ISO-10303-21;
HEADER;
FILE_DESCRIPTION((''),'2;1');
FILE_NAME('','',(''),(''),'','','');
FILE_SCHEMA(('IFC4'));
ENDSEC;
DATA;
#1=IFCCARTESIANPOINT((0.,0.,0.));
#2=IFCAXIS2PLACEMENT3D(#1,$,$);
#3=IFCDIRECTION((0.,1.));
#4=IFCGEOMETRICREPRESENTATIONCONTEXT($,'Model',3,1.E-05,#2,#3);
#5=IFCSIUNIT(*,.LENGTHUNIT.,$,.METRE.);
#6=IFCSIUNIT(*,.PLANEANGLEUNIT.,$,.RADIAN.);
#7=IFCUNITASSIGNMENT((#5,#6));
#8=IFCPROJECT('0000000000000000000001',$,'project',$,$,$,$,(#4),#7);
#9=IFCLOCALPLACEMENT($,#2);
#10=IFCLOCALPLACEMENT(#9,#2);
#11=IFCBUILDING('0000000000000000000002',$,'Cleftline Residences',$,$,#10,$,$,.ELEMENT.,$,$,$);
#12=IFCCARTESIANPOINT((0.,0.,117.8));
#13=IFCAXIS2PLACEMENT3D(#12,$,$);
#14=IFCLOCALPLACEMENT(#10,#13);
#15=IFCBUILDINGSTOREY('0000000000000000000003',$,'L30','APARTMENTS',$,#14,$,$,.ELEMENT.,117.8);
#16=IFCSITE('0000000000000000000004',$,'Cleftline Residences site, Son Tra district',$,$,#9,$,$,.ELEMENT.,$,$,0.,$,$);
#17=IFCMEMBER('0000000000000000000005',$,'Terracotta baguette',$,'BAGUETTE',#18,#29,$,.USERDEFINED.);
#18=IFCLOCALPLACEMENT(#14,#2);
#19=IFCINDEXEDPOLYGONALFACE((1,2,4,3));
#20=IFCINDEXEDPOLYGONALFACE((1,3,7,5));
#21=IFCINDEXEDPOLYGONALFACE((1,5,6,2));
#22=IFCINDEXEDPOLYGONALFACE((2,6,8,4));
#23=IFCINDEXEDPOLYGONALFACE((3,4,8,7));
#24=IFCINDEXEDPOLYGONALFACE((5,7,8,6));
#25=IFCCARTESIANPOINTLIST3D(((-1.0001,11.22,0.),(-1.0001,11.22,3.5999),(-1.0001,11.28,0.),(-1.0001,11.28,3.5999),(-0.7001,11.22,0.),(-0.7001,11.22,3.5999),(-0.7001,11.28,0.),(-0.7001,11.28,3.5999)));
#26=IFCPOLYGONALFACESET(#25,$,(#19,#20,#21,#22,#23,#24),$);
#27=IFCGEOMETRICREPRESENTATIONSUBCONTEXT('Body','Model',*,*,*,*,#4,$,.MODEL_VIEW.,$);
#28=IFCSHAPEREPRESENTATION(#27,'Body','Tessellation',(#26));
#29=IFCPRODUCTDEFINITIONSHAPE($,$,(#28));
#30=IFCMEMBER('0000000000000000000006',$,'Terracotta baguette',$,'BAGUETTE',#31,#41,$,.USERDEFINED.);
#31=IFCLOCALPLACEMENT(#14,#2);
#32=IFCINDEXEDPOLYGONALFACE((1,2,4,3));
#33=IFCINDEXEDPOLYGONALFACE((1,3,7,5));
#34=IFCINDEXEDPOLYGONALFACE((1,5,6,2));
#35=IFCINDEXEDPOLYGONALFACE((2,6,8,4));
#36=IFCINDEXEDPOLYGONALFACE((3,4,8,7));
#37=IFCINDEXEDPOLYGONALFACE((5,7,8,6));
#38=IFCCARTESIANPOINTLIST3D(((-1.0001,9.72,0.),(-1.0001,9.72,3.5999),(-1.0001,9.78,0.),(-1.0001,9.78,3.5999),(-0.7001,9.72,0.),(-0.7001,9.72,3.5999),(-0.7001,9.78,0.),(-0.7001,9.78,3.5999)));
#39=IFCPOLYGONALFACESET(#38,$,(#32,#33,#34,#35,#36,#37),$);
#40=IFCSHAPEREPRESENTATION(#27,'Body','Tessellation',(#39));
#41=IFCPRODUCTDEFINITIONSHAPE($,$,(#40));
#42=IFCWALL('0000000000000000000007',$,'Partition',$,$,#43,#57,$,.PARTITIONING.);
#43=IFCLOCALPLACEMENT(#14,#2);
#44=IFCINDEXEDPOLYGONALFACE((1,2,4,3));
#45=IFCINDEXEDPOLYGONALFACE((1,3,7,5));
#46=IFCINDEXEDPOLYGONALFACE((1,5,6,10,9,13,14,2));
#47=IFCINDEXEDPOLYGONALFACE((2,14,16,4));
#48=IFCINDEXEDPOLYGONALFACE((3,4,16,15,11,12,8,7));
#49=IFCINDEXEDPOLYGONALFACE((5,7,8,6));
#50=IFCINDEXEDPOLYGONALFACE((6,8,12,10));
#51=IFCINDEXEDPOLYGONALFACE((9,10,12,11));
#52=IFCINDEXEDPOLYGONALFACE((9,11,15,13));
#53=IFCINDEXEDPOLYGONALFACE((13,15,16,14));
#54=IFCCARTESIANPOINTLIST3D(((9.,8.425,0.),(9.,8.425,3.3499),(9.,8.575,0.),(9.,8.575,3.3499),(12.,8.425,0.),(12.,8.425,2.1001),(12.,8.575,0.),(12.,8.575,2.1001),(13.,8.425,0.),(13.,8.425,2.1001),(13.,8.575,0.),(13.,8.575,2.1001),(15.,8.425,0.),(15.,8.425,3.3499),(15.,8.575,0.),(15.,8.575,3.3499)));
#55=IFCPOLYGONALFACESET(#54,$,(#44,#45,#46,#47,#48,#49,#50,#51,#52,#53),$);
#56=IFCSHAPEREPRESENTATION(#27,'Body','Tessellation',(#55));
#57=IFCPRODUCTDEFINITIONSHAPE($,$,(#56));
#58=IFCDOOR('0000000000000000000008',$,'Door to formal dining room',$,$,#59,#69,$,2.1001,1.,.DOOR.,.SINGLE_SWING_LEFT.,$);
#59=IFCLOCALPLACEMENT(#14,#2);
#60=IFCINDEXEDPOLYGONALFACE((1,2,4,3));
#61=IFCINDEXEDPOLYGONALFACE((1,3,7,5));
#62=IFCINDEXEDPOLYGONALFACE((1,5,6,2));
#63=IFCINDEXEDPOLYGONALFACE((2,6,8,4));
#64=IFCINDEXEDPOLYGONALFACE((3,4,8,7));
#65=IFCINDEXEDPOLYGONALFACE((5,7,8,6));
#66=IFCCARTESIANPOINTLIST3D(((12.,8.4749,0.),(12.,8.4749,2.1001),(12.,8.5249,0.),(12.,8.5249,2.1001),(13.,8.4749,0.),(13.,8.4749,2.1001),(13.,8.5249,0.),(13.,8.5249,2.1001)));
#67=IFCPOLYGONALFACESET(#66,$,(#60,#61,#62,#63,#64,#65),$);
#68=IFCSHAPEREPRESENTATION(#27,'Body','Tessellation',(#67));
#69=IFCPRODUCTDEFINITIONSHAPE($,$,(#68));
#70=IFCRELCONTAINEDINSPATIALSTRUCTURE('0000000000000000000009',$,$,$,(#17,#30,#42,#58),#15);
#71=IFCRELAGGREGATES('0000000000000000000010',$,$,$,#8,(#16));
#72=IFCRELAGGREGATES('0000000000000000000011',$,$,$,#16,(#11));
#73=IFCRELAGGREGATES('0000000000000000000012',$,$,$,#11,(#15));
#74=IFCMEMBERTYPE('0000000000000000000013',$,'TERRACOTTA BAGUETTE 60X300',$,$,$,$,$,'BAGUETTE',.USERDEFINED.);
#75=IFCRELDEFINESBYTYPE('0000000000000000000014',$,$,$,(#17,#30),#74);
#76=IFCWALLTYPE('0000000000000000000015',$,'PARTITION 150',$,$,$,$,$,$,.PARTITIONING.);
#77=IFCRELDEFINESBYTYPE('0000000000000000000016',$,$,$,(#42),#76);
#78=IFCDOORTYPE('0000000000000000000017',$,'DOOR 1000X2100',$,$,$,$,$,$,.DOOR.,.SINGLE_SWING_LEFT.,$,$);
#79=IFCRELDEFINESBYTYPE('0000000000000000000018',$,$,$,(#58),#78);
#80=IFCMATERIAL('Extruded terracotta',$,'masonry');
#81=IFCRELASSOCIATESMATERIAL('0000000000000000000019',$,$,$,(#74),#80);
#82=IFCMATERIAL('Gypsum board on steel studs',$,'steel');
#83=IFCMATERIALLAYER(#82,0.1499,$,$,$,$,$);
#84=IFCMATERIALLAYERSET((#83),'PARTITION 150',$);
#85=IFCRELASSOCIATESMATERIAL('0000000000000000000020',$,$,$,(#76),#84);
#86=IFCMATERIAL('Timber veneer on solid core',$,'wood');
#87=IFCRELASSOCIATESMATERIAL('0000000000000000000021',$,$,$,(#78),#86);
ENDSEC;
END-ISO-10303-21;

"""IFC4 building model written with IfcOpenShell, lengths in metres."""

from ifc_helpers import new_model, si_unit, direction, frame, frame_2d, origin, origin_2d, place, context, subcontext, project, spatial, rectangle, extrude, material, layer, layer_set, material_profile, profile_set, type_object, element, fill, save


model = new_model("IFC4")

# Units and contexts
model_context = context("Model", 3, precision=1e-05, world=origin(), true_north=direction((0.0, 1.0)))
body_context = subcontext(model_context, "Body", "Model", "MODEL_VIEW")
ifc_project = project(units=[si_unit("LENGTHUNIT", "METRE"), si_unit("PLANEANGLEUNIT", "RADIAN")], contexts=[model_context])

# Site, building, storey
site_placement = place(None, origin())
site = spatial("IfcSite", under=ifc_project, at=site_placement, Name="Cleftline Residences site, Son Tra district", CompositionType="ELEMENT", RefElevation=0.0)
building_placement = place(site_placement, origin())
building = spatial("IfcBuilding", under=site, at=building_placement, Name="Cleftline Residences", CompositionType="ELEMENT")
storey_placement = place(building_placement, frame((0.0, 0.0, 117.8)))
storey = spatial("IfcBuildingStorey", under=building, at=storey_placement, Name="L30", Description="APARTMENTS", CompositionType="ELEMENT", Elevation=117.8)

# Members
ifc_material_1 = material(Name="Extruded terracotta", Category="masonry")
ifc_material_profile_1 = material_profile(ifc_material_1, rectangle(XDim=0.0601, YDim=0.3, at=origin_2d()))
ifc_profile_set_1 = profile_set([ifc_material_profile_1], Name="Extruded terracotta")
member_type_1 = type_object("IfcMemberType", Name="TERRACOTTA BAGUETTE 60X300", ElementType="BAGUETTE", PredefinedType="USERDEFINED", material=ifc_profile_set_1)
for number, where, z_axis, x_axis, name in (
    (1, (-0.8501, 11.25, 0.0), (0.0, 0.0, 1.0), (0.0, 1.0, 0.0), "Terracotta baguette"),
    (2, (-0.8501, 9.75, 0.0), (0.0, 0.0, 1.0), (0.0, 1.0, 0.0), "Terracotta baguette"),
):
    element("IfcMember", number, at=place(storey_placement, frame(where, z_axis=z_axis, x_axis=x_axis)), inside=storey, type_object=member_type_1, Name=name, ObjectType="BAGUETTE", PredefinedType="USERDEFINED", context=body_context, shape_type="SweptSolid", body=[
        extrude(rectangle(XDim=0.0601, YDim=0.3, at=origin_2d()), origin(), (0.0, 0.0, 1.0), 3.5999),
    ])

# Wall, opening, door
ifc_material_2 = material(Name="Gypsum board on steel studs", Category="steel")
ifc_layer = layer(ifc_material_2, 0.1499)
ifc_layer_set = layer_set([ifc_layer], Name="PARTITION 150")
wall_type = type_object("IfcWallType", Name="PARTITION 150", PredefinedType="PARTITIONING", material=ifc_layer_set)
wall_1_placement = place(storey_placement, frame((9.0, 8.5, 0.0), z_axis=(0.0, 0.0, 1.0), x_axis=(1.0, 0.0, 0.0)))
wall_1 = element("IfcWall", 3, at=wall_1_placement, inside=storey, type_object=wall_type, Name="Partition", PredefinedType="PARTITIONING", context=body_context, shape_type="SweptSolid", body=[
    extrude(rectangle(XDim=6.0, YDim=0.1499, at=frame_2d((3.0, 0.0))), origin(), (0.0, 0.0, 1.0), 3.3499),
])
opening_1_placement = place(wall_1_placement, frame((3.0, 0.0, 0.0)))
opening_1 = element("IfcOpeningElement", 4, at=opening_1_placement, cuts=wall_1, PredefinedType="OPENING", context=body_context, shape_type="SweptSolid", body=[
    extrude(rectangle(XDim=1.0, YDim=2.1001, at=frame_2d((0.5, 1.05))), frame((0.0, 0.085, 0.0), z_axis=(0.0, -1.0, 0.0), x_axis=(1.0, 0.0, 0.0)), (0.0, 0.0, 1.0), 0.1699),
])
ifc_material_3 = material(Name="Timber veneer on solid core", Category="wood")
door_type_1 = type_object("IfcDoorType", Name="DOOR 1000X2100", OperationType="SINGLE_SWING_LEFT", PredefinedType="DOOR", material=ifc_material_3)
door_1_placement = place(opening_1_placement, origin())
door_1 = element("IfcDoor", 5, at=door_1_placement, inside=storey, type_object=door_type_1, Name="Door to formal dining room", OperationType="SINGLE_SWING_LEFT", OverallHeight=2.1001, OverallWidth=1.0, PredefinedType="DOOR", context=body_context, shape_type="SweptSolid", body=[
    extrude(rectangle(XDim=1.0, YDim=2.1001, at=frame_2d((0.5, 1.05))), frame((0.0, 0.0249, 0.0), z_axis=(0.0, -1.0, 0.0), x_axis=(1.0, 0.0, 0.0)), (0.0, 0.0, 1.0), 0.05),
])
fill(opening_1, door_1)

save(model, "model.ifc")
